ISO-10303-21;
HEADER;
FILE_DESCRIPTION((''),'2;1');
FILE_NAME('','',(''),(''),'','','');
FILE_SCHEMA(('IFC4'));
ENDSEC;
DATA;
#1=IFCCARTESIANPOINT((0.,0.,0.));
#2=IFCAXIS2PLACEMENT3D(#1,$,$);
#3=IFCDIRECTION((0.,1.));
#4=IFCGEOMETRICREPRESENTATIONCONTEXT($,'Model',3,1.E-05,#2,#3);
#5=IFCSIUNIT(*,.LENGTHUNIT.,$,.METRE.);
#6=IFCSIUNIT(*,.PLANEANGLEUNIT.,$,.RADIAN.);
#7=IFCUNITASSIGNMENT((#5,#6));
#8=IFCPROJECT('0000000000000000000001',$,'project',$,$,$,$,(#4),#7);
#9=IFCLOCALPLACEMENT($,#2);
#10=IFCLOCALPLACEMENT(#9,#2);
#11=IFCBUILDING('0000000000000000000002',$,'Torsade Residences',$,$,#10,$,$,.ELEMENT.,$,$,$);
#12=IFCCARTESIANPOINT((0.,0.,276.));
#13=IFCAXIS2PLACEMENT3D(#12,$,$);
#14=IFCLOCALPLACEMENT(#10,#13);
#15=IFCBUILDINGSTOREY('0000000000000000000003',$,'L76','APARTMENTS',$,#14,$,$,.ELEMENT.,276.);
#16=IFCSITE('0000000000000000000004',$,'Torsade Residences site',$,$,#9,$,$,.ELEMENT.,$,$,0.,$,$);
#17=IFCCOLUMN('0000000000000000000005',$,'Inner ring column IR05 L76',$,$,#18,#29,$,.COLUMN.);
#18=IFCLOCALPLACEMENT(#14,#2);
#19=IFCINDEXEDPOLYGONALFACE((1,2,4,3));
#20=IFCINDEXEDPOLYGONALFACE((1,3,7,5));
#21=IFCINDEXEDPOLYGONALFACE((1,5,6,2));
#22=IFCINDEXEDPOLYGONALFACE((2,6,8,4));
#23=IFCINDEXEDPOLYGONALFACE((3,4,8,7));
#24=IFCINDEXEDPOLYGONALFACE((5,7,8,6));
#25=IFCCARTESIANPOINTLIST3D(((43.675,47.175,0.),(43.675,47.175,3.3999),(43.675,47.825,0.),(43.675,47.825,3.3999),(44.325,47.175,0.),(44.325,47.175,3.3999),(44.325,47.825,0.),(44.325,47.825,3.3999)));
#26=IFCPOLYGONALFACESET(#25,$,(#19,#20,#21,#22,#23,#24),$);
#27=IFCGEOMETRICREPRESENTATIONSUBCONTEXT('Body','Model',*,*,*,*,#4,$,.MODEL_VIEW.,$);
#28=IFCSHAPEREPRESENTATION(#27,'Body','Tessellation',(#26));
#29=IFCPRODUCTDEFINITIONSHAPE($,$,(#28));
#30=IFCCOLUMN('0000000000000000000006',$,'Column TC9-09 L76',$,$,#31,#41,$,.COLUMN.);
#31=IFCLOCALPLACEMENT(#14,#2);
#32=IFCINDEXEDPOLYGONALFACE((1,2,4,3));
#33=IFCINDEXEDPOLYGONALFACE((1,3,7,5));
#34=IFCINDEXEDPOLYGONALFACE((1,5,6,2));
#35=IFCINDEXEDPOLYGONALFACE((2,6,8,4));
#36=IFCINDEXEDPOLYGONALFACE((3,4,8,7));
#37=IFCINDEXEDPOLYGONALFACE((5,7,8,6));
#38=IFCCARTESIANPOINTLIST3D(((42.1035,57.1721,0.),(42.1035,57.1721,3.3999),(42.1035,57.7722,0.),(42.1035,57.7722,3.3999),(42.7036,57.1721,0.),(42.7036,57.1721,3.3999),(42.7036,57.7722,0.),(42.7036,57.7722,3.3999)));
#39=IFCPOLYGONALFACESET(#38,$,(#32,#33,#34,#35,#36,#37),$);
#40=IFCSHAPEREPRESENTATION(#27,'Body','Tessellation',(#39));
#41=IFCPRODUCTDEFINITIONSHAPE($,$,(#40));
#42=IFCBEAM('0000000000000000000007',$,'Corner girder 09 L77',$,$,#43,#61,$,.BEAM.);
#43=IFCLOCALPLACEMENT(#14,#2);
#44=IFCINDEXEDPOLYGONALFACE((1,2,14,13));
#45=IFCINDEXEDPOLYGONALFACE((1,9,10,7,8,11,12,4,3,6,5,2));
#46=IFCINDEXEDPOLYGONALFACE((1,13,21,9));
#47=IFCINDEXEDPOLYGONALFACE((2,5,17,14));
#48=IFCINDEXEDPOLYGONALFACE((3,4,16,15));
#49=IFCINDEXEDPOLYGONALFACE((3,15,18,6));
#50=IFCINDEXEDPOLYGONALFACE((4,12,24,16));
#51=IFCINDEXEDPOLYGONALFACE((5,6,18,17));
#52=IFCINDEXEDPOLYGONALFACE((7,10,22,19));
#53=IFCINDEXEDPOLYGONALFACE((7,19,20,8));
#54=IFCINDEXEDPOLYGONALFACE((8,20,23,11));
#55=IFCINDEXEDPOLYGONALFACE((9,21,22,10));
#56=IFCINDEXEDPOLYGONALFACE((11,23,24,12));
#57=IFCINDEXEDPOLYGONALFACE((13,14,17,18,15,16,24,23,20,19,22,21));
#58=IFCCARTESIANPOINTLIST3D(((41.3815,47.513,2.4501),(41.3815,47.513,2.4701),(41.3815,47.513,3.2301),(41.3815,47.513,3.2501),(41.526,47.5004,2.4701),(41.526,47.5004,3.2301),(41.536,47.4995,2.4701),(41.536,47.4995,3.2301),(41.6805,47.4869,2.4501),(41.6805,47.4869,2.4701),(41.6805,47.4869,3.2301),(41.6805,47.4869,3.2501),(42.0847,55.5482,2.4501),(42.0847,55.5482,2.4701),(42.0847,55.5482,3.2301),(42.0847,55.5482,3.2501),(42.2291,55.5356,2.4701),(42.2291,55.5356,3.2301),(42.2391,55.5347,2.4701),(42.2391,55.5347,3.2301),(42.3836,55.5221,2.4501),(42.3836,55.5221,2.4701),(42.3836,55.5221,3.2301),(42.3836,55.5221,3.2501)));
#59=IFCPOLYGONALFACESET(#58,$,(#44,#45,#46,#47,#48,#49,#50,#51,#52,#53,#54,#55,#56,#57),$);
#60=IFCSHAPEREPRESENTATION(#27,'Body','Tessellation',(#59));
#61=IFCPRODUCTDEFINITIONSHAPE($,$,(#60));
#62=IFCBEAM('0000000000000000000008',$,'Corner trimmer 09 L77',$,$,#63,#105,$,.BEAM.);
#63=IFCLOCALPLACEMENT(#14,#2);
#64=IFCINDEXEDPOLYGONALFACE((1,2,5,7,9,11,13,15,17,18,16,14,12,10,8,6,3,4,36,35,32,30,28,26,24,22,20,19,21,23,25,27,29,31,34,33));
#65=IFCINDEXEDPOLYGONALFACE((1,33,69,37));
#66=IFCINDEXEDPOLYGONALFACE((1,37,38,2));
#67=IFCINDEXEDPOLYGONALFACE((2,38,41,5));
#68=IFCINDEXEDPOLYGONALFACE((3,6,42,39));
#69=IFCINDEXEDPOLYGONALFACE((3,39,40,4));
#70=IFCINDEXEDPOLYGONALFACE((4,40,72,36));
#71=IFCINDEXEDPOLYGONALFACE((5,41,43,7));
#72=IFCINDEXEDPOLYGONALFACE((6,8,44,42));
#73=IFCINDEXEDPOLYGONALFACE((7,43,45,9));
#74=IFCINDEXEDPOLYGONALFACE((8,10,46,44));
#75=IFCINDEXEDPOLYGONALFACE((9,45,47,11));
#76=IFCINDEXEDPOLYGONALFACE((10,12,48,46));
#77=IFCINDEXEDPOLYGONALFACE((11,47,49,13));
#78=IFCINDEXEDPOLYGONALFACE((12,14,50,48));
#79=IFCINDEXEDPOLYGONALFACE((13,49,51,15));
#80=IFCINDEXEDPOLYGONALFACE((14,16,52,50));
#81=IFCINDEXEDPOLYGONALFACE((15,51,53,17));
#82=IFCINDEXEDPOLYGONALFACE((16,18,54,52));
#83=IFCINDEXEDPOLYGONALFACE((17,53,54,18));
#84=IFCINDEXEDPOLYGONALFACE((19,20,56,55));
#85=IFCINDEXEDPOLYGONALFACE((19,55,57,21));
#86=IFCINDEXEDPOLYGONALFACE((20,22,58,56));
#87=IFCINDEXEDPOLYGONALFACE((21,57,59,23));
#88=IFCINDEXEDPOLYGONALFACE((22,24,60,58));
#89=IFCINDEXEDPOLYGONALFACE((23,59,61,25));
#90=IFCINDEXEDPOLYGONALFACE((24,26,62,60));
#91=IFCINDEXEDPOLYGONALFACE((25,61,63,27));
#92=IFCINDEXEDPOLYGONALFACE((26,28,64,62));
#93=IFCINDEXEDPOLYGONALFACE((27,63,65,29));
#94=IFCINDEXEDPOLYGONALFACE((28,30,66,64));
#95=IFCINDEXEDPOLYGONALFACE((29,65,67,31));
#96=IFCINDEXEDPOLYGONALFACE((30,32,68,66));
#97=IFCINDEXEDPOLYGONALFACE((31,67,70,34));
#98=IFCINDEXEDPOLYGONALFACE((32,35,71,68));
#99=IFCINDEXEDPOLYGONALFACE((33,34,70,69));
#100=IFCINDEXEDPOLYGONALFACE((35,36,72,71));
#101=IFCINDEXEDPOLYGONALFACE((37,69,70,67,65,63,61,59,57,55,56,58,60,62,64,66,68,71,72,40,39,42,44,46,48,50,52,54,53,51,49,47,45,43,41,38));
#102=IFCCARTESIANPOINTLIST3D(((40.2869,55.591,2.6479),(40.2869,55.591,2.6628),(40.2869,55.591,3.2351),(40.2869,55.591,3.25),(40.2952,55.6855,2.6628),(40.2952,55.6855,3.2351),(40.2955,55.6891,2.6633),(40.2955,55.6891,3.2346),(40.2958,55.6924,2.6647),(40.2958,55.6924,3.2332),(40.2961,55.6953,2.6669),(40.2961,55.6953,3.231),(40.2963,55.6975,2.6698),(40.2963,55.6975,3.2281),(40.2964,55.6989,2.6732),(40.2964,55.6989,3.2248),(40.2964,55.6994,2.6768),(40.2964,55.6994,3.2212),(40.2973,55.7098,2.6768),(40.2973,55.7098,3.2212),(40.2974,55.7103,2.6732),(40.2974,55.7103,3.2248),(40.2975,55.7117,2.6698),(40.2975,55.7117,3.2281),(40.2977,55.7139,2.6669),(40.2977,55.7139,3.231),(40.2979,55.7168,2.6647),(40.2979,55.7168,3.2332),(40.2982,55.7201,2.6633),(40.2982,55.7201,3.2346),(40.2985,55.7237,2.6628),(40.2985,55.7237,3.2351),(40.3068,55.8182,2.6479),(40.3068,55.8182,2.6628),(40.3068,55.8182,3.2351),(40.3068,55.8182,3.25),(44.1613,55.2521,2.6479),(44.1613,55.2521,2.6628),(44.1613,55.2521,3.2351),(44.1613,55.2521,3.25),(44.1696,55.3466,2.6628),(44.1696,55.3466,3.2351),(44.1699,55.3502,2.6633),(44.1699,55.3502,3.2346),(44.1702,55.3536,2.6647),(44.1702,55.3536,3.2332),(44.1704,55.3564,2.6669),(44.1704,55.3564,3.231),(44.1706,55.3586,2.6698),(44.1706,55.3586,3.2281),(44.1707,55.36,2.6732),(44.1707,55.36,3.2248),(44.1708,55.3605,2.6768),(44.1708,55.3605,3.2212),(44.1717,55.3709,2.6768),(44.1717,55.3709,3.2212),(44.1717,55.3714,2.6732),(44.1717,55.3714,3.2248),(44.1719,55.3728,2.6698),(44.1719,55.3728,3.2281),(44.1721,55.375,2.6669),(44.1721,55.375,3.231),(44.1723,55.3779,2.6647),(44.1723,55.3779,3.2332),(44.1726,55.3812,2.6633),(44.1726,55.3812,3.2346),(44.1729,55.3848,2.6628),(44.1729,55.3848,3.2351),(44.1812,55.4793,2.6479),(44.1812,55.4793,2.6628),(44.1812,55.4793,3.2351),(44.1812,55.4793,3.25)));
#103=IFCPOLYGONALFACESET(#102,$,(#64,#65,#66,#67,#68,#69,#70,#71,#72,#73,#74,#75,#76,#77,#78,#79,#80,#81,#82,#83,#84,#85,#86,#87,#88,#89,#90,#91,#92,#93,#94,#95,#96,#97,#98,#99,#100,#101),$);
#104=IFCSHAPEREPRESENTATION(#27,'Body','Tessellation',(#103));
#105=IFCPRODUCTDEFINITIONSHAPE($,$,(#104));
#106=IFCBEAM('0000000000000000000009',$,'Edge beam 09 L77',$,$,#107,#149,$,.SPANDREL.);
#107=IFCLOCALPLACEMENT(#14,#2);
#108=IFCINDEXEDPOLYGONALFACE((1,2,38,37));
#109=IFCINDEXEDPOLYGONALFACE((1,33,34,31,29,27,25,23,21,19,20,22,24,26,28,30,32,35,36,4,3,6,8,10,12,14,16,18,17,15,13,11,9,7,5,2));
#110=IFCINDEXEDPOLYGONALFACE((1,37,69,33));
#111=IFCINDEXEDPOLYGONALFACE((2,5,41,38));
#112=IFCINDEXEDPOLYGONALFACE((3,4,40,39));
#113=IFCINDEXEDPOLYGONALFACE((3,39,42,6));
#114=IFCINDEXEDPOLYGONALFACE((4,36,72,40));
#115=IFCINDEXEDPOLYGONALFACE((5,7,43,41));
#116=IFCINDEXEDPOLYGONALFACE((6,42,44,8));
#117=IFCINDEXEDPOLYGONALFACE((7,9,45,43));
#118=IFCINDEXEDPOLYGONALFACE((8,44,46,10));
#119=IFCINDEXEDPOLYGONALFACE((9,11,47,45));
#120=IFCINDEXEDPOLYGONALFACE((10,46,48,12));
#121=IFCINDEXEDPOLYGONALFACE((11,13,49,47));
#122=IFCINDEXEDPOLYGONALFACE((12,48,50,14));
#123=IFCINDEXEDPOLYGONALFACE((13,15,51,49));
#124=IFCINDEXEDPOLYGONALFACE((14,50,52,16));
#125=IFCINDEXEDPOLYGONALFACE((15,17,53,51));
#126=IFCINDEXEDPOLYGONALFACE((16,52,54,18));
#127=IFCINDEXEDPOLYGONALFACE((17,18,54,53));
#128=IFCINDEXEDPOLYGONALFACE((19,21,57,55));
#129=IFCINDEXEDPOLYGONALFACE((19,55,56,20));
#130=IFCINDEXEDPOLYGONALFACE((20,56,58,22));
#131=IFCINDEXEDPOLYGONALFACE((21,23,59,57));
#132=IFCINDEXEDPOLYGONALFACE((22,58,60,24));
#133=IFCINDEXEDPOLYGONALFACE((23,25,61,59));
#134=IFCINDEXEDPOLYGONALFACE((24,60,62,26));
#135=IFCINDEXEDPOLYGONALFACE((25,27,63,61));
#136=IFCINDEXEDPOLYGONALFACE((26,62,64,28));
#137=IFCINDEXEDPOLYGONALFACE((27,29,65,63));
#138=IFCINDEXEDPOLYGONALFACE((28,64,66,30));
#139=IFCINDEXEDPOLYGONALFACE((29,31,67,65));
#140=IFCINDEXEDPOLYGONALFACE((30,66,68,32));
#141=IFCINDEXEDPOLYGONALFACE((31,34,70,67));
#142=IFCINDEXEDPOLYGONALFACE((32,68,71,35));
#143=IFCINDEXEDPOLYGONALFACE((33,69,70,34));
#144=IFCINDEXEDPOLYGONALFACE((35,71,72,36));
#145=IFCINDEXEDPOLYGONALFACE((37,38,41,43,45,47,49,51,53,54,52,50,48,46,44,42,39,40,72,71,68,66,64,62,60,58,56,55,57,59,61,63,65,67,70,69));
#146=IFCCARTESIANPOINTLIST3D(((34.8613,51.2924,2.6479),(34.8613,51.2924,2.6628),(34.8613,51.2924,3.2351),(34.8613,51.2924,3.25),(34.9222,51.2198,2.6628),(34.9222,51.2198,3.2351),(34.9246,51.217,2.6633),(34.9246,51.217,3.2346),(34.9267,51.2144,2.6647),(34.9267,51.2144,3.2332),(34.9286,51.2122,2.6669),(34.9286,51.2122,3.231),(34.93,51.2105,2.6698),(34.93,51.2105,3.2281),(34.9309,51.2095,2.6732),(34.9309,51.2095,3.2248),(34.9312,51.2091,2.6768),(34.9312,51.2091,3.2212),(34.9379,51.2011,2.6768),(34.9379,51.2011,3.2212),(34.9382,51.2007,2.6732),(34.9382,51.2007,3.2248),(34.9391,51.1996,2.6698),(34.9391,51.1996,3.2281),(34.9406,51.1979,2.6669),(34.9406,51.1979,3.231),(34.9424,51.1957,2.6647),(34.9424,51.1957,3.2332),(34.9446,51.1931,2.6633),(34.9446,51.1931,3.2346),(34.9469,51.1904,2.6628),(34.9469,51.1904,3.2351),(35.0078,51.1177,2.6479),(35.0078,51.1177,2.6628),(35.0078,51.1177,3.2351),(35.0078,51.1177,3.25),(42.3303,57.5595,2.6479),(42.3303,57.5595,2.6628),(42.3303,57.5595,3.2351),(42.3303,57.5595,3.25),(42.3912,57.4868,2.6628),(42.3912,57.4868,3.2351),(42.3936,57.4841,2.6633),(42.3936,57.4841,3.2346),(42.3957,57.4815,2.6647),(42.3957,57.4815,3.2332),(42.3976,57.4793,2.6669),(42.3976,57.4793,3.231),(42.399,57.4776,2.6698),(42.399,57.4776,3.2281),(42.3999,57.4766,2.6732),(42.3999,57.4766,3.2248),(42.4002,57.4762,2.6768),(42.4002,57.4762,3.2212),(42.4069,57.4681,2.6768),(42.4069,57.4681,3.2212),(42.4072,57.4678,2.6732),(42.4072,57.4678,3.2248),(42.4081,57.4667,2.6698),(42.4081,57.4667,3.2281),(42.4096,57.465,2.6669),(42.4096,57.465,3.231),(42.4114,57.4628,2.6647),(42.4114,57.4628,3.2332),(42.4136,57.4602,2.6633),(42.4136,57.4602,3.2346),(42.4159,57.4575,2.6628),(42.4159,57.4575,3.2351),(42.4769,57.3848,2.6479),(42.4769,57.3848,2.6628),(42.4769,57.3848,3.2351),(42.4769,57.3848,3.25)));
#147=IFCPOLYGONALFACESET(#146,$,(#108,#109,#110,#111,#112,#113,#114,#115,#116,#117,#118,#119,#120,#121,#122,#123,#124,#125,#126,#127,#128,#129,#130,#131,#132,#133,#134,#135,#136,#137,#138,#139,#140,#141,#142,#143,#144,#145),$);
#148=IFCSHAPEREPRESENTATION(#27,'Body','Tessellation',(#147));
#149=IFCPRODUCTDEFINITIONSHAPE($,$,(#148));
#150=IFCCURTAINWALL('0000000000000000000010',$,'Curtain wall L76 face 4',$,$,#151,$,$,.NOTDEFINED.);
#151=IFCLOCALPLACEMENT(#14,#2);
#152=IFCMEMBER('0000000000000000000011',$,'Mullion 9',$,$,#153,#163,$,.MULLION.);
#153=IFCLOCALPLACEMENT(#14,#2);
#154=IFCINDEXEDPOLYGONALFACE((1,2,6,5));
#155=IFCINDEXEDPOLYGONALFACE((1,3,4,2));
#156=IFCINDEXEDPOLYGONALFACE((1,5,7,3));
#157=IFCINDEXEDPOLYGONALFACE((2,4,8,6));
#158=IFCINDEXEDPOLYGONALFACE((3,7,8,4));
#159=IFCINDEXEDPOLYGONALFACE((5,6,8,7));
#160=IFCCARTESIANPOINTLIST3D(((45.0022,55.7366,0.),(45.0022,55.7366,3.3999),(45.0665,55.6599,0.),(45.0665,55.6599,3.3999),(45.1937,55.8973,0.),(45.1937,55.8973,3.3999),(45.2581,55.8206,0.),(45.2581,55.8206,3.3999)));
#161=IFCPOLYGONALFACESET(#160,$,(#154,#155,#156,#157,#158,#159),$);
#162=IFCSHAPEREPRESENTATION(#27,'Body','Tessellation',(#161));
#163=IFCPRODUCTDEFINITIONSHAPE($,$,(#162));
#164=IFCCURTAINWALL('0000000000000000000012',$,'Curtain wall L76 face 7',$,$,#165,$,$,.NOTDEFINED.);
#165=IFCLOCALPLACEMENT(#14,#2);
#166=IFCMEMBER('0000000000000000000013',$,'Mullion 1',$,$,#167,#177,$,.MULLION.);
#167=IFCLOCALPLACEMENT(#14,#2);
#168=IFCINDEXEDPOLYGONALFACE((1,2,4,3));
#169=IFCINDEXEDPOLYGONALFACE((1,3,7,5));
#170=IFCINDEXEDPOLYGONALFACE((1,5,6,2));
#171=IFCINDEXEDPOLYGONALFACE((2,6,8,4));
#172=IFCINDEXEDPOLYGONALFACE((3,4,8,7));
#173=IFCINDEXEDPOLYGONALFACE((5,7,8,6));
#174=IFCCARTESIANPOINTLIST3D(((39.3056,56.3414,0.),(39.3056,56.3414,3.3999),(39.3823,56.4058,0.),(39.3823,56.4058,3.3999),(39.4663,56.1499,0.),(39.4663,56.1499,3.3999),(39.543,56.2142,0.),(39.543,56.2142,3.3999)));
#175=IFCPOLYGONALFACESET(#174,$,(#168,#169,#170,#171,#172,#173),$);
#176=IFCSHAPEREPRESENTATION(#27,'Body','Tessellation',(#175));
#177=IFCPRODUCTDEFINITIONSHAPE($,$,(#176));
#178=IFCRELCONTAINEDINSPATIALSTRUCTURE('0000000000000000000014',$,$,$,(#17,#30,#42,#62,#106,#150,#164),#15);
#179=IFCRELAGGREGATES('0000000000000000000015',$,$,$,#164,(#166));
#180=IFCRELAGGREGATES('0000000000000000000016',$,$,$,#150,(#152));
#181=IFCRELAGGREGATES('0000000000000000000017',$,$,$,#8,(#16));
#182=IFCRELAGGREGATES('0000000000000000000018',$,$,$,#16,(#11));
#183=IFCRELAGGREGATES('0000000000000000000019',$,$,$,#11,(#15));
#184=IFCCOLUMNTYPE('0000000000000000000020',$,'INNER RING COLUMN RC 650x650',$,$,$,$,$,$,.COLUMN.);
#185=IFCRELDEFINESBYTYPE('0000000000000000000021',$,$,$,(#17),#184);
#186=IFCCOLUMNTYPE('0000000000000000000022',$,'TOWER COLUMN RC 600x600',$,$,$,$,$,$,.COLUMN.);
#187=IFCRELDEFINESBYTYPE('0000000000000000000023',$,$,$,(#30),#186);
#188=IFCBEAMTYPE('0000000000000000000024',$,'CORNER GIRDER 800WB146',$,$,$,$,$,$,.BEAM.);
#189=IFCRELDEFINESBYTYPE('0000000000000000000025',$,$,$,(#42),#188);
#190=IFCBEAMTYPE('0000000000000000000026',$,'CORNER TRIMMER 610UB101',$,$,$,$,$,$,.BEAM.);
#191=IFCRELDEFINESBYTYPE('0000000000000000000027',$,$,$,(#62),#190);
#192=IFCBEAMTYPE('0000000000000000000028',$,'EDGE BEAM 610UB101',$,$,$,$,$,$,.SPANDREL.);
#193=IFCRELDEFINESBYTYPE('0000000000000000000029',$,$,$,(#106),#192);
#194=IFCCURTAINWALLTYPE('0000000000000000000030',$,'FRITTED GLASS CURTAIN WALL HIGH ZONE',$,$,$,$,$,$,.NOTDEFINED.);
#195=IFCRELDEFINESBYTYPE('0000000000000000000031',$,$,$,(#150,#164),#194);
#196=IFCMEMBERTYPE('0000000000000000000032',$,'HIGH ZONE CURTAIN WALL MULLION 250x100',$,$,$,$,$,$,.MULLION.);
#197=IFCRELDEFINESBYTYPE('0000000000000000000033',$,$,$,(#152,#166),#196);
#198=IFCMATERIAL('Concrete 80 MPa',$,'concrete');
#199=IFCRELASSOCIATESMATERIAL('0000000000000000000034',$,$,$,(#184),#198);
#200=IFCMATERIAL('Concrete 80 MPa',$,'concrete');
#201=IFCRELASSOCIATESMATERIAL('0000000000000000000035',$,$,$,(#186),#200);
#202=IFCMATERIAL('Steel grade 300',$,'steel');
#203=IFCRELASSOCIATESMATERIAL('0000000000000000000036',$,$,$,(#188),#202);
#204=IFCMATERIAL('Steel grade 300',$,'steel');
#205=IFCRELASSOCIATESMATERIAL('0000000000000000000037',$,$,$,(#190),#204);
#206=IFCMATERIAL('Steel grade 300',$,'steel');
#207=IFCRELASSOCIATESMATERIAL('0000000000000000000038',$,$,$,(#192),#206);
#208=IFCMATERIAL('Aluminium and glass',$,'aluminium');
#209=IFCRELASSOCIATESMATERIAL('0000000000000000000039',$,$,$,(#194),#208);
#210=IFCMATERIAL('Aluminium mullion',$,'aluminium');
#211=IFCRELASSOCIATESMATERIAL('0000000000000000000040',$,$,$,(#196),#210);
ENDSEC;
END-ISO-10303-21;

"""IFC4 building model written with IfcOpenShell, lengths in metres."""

from ifc_helpers import new_model, si_unit, direction, frame, origin, origin_2d, place, context, subcontext, project, spatial, rectangle, i_section, extrude, material, material_profile, profile_set, type_object, element, aggregate, save


model = new_model("IFC4")

# Units and contexts
model_context = context("Model", 3, precision=1e-05, world=origin(), true_north=direction((0.0, 1.0)))
body_context = subcontext(model_context, "Body", "Model", "MODEL_VIEW")
ifc_project = project(units=[si_unit("LENGTHUNIT", "METRE"), si_unit("PLANEANGLEUNIT", "RADIAN")], contexts=[model_context])

# Site, building, storey
site_placement = place(None, origin())
site = spatial("IfcSite", under=ifc_project, at=site_placement, Name="Torsade Residences site", CompositionType="ELEMENT", RefElevation=0.0)
building_placement = place(site_placement, origin())
building = spatial("IfcBuilding", under=site, at=building_placement, Name="Torsade Residences", CompositionType="ELEMENT")
storey_placement = place(building_placement, frame((0.0, 0.0, 276.0)))
storey = spatial("IfcBuildingStorey", under=building, at=storey_placement, Name="L76", Description="APARTMENTS", CompositionType="ELEMENT", Elevation=276.0)

# Columns
ifc_material_1 = material(Name="Concrete 80 MPa", Category="concrete")
ifc_material_profile_1 = material_profile(ifc_material_1, rectangle(XDim=0.6499, YDim=0.6499, at=origin_2d()), Name="RC 650x650")
ifc_profile_set_1 = profile_set([ifc_material_profile_1], Name="Concrete 80 MPa")
column_type_1 = type_object("IfcColumnType", Name="INNER RING COLUMN RC 650x650", PredefinedType="COLUMN", material=ifc_profile_set_1)
column_1_placement = place(storey_placement, frame((44.0, 47.5, 0.0), z_axis=(0.0, 0.0, 1.0), x_axis=(1.0, 0.0, 0.0)))
element("IfcColumn", 1, at=column_1_placement, inside=storey, type_object=column_type_1, Name="Inner ring column IR05 L76", PredefinedType="COLUMN", context=body_context, shape_type="SweptSolid", body=[
    extrude(rectangle(XDim=0.6499, YDim=0.6499, at=origin_2d()), origin(), (0.0, 0.0, 1.0), 3.3999),
])
ifc_material_2 = material(Name="Concrete 80 MPa", Category="concrete")
ifc_material_profile_2 = material_profile(ifc_material_2, rectangle(XDim=0.6001, YDim=0.6001, at=origin_2d()), Name="RC 600x600")
ifc_profile_set_2 = profile_set([ifc_material_profile_2], Name="Concrete 80 MPa")
column_type_2 = type_object("IfcColumnType", Name="TOWER COLUMN RC 600x600", PredefinedType="COLUMN", material=ifc_profile_set_2)
column_2_placement = place(storey_placement, frame((42.4036, 57.4722, 0.0), z_axis=(0.0, 0.0, 1.0), x_axis=(1.0, 0.0, 0.0)))
element("IfcColumn", 2, at=column_2_placement, inside=storey, type_object=column_type_2, Name="Column TC9-09 L76", PredefinedType="COLUMN", context=body_context, shape_type="SweptSolid", body=[
    extrude(rectangle(XDim=0.6001, YDim=0.6001, at=origin_2d()), origin(), (0.0, 0.0, 1.0), 3.3999),
])

# Beams
ifc_material_3 = material(Name="Steel grade 300", Category="steel")
ifc_material_profile_3 = material_profile(ifc_material_3, i_section(OverallWidth=0.3, OverallDepth=0.8, WebThickness=0.01, FlangeThickness=0.02, at=origin_2d()), Name="800WB146")
ifc_profile_set_3 = profile_set([ifc_material_profile_3], Name="Steel grade 300")
beam_type_1 = type_object("IfcBeamType", Name="CORNER GIRDER 800WB146", PredefinedType="BEAM", material=ifc_profile_set_3)
beam_1_placement = place(storey_placement, frame((42.2341, 55.5352, 2.8501), z_axis=(-0.087173, -0.996193, 0.0), x_axis=(0.996193, -0.087173, 0.0)))
element("IfcBeam", 3, at=beam_1_placement, inside=storey, type_object=beam_type_1, Name="Corner girder 09 L77", PredefinedType="BEAM", context=body_context, shape_type="SweptSolid", body=[
    extrude(i_section(OverallWidth=0.3, OverallDepth=0.8, WebThickness=0.01, FlangeThickness=0.02, at=origin_2d()), origin(), (0.0, 0.0, 1.0), 8.0659),
])
ifc_material_4 = material(Name="Steel grade 300", Category="steel")
ifc_material_profile_4 = material_profile(ifc_material_4, i_section(OverallWidth=0.228, OverallDepth=0.6021, WebThickness=0.0105, FlangeThickness=0.0149, FilletRadius=0.0139, at=origin_2d()), Name="610UB101")
ifc_profile_set_4 = profile_set([ifc_material_profile_4], Name="Steel grade 300")
beam_type_2 = type_object("IfcBeamType", Name="CORNER TRIMMER 610UB101", PredefinedType="BEAM", material=ifc_profile_set_4)
beam_2_placement = place(storey_placement, frame((40.2969, 55.7046, 2.949), z_axis=(0.996197, -0.087133, 0.0), x_axis=(0.087133, 0.996197, 0.0)))
element("IfcBeam", 4, at=beam_2_placement, inside=storey, type_object=beam_type_2, Name="Corner trimmer 09 L77", PredefinedType="BEAM", context=body_context, shape_type="SweptSolid", body=[
    extrude(i_section(OverallWidth=0.228, OverallDepth=0.6021, WebThickness=0.0105, FlangeThickness=0.0149, FilletRadius=0.0139, at=origin_2d()), origin(), (0.0, 0.0, 1.0), 3.8892),
])
ifc_material_5 = material(Name="Steel grade 300", Category="steel")
ifc_material_profile_5 = material_profile(ifc_material_5, i_section(OverallWidth=0.228, OverallDepth=0.6021, WebThickness=0.0105, FlangeThickness=0.0149, FilletRadius=0.0139, at=origin_2d()), Name="610UB101")
ifc_profile_set_5 = profile_set([ifc_material_profile_5], Name="Steel grade 300")
beam_type_3 = type_object("IfcBeamType", Name="EDGE BEAM 610UB101", PredefinedType="SPANDREL", material=ifc_profile_set_5)
beam_3_placement = place(storey_placement, frame((42.4036, 57.4722, 2.949), z_axis=(-0.766052, -0.642779, 0.0), x_axis=(0.642779, -0.766052, 0.0)))
element("IfcBeam", 5, at=beam_3_placement, inside=storey, type_object=beam_type_3, Name="Edge beam 09 L77", PredefinedType="SPANDREL", context=body_context, shape_type="SweptSolid", body=[
    extrude(i_section(OverallWidth=0.228, OverallDepth=0.6021, WebThickness=0.0105, FlangeThickness=0.0149, FilletRadius=0.0139, at=origin_2d()), origin(), (0.0, 0.0, 1.0), 9.75),
])

# Curtain wall, member
ifc_material_6 = material(Name="Aluminium and glass", Category="aluminium")
curtain_wall_type = type_object("IfcCurtainWallType", Name="FRITTED GLASS CURTAIN WALL HIGH ZONE", PredefinedType="NOTDEFINED", material=ifc_material_6)
curtain_wall_1_placement = place(storey_placement, origin())
curtain_wall_1 = element("IfcCurtainWall", 6, at=curtain_wall_1_placement, inside=storey, type_object=curtain_wall_type, Name="Curtain wall L76 face 4", PredefinedType="NOTDEFINED")
ifc_material_7 = material(Name="Aluminium mullion", Category="aluminium")
ifc_material_profile_6 = material_profile(ifc_material_7, rectangle(XDim=0.25, YDim=0.1001, at=origin_2d()), Name="HIGH ZONE CURTAIN WALL MULLION 250x100")
ifc_profile_set_6 = profile_set([ifc_material_profile_6], Name="Aluminium mullion")
member_type_1 = type_object("IfcMemberType", Name="HIGH ZONE CURTAIN WALL MULLION 250x100", PredefinedType="MULLION", material=ifc_profile_set_6)
member_1_placement = place(storey_placement, frame((45.1301, 55.7786, 0.0), z_axis=(0.0, 0.0, 1.0), x_axis=(-0.766044, -0.642788, 0.0)))
member_1 = element("IfcMember", 7, at=member_1_placement, type_object=member_type_1, Name="Mullion 9", PredefinedType="MULLION", context=body_context, shape_type="SweptSolid", body=[
    extrude(rectangle(XDim=0.25, YDim=0.1001, at=origin_2d()), origin(), (0.0, 0.0, 1.0), 3.3999),
])

# Curtain wall, member
curtain_wall_2_placement = place(storey_placement, origin())
curtain_wall_2 = element("IfcCurtainWall", 8, at=curtain_wall_2_placement, inside=storey, type_object=curtain_wall_type, Name="Curtain wall L76 face 7", PredefinedType="NOTDEFINED")
member_2_placement = place(storey_placement, frame((39.4243, 56.2778, 0.0), z_axis=(0.0, 0.0, 1.0), x_axis=(0.642788, -0.766044, 0.0)))
member_2 = element("IfcMember", 9, at=member_2_placement, type_object=member_type_1, Name="Mullion 1", PredefinedType="MULLION", context=body_context, shape_type="SweptSolid", body=[
    extrude(rectangle(XDim=0.25, YDim=0.1001, at=origin_2d()), origin(), (0.0, 0.0, 1.0), 3.3999),
])
aggregate(curtain_wall_2, [member_2])

aggregate(curtain_wall_1, [member_1])

save(model, "model.ifc")
